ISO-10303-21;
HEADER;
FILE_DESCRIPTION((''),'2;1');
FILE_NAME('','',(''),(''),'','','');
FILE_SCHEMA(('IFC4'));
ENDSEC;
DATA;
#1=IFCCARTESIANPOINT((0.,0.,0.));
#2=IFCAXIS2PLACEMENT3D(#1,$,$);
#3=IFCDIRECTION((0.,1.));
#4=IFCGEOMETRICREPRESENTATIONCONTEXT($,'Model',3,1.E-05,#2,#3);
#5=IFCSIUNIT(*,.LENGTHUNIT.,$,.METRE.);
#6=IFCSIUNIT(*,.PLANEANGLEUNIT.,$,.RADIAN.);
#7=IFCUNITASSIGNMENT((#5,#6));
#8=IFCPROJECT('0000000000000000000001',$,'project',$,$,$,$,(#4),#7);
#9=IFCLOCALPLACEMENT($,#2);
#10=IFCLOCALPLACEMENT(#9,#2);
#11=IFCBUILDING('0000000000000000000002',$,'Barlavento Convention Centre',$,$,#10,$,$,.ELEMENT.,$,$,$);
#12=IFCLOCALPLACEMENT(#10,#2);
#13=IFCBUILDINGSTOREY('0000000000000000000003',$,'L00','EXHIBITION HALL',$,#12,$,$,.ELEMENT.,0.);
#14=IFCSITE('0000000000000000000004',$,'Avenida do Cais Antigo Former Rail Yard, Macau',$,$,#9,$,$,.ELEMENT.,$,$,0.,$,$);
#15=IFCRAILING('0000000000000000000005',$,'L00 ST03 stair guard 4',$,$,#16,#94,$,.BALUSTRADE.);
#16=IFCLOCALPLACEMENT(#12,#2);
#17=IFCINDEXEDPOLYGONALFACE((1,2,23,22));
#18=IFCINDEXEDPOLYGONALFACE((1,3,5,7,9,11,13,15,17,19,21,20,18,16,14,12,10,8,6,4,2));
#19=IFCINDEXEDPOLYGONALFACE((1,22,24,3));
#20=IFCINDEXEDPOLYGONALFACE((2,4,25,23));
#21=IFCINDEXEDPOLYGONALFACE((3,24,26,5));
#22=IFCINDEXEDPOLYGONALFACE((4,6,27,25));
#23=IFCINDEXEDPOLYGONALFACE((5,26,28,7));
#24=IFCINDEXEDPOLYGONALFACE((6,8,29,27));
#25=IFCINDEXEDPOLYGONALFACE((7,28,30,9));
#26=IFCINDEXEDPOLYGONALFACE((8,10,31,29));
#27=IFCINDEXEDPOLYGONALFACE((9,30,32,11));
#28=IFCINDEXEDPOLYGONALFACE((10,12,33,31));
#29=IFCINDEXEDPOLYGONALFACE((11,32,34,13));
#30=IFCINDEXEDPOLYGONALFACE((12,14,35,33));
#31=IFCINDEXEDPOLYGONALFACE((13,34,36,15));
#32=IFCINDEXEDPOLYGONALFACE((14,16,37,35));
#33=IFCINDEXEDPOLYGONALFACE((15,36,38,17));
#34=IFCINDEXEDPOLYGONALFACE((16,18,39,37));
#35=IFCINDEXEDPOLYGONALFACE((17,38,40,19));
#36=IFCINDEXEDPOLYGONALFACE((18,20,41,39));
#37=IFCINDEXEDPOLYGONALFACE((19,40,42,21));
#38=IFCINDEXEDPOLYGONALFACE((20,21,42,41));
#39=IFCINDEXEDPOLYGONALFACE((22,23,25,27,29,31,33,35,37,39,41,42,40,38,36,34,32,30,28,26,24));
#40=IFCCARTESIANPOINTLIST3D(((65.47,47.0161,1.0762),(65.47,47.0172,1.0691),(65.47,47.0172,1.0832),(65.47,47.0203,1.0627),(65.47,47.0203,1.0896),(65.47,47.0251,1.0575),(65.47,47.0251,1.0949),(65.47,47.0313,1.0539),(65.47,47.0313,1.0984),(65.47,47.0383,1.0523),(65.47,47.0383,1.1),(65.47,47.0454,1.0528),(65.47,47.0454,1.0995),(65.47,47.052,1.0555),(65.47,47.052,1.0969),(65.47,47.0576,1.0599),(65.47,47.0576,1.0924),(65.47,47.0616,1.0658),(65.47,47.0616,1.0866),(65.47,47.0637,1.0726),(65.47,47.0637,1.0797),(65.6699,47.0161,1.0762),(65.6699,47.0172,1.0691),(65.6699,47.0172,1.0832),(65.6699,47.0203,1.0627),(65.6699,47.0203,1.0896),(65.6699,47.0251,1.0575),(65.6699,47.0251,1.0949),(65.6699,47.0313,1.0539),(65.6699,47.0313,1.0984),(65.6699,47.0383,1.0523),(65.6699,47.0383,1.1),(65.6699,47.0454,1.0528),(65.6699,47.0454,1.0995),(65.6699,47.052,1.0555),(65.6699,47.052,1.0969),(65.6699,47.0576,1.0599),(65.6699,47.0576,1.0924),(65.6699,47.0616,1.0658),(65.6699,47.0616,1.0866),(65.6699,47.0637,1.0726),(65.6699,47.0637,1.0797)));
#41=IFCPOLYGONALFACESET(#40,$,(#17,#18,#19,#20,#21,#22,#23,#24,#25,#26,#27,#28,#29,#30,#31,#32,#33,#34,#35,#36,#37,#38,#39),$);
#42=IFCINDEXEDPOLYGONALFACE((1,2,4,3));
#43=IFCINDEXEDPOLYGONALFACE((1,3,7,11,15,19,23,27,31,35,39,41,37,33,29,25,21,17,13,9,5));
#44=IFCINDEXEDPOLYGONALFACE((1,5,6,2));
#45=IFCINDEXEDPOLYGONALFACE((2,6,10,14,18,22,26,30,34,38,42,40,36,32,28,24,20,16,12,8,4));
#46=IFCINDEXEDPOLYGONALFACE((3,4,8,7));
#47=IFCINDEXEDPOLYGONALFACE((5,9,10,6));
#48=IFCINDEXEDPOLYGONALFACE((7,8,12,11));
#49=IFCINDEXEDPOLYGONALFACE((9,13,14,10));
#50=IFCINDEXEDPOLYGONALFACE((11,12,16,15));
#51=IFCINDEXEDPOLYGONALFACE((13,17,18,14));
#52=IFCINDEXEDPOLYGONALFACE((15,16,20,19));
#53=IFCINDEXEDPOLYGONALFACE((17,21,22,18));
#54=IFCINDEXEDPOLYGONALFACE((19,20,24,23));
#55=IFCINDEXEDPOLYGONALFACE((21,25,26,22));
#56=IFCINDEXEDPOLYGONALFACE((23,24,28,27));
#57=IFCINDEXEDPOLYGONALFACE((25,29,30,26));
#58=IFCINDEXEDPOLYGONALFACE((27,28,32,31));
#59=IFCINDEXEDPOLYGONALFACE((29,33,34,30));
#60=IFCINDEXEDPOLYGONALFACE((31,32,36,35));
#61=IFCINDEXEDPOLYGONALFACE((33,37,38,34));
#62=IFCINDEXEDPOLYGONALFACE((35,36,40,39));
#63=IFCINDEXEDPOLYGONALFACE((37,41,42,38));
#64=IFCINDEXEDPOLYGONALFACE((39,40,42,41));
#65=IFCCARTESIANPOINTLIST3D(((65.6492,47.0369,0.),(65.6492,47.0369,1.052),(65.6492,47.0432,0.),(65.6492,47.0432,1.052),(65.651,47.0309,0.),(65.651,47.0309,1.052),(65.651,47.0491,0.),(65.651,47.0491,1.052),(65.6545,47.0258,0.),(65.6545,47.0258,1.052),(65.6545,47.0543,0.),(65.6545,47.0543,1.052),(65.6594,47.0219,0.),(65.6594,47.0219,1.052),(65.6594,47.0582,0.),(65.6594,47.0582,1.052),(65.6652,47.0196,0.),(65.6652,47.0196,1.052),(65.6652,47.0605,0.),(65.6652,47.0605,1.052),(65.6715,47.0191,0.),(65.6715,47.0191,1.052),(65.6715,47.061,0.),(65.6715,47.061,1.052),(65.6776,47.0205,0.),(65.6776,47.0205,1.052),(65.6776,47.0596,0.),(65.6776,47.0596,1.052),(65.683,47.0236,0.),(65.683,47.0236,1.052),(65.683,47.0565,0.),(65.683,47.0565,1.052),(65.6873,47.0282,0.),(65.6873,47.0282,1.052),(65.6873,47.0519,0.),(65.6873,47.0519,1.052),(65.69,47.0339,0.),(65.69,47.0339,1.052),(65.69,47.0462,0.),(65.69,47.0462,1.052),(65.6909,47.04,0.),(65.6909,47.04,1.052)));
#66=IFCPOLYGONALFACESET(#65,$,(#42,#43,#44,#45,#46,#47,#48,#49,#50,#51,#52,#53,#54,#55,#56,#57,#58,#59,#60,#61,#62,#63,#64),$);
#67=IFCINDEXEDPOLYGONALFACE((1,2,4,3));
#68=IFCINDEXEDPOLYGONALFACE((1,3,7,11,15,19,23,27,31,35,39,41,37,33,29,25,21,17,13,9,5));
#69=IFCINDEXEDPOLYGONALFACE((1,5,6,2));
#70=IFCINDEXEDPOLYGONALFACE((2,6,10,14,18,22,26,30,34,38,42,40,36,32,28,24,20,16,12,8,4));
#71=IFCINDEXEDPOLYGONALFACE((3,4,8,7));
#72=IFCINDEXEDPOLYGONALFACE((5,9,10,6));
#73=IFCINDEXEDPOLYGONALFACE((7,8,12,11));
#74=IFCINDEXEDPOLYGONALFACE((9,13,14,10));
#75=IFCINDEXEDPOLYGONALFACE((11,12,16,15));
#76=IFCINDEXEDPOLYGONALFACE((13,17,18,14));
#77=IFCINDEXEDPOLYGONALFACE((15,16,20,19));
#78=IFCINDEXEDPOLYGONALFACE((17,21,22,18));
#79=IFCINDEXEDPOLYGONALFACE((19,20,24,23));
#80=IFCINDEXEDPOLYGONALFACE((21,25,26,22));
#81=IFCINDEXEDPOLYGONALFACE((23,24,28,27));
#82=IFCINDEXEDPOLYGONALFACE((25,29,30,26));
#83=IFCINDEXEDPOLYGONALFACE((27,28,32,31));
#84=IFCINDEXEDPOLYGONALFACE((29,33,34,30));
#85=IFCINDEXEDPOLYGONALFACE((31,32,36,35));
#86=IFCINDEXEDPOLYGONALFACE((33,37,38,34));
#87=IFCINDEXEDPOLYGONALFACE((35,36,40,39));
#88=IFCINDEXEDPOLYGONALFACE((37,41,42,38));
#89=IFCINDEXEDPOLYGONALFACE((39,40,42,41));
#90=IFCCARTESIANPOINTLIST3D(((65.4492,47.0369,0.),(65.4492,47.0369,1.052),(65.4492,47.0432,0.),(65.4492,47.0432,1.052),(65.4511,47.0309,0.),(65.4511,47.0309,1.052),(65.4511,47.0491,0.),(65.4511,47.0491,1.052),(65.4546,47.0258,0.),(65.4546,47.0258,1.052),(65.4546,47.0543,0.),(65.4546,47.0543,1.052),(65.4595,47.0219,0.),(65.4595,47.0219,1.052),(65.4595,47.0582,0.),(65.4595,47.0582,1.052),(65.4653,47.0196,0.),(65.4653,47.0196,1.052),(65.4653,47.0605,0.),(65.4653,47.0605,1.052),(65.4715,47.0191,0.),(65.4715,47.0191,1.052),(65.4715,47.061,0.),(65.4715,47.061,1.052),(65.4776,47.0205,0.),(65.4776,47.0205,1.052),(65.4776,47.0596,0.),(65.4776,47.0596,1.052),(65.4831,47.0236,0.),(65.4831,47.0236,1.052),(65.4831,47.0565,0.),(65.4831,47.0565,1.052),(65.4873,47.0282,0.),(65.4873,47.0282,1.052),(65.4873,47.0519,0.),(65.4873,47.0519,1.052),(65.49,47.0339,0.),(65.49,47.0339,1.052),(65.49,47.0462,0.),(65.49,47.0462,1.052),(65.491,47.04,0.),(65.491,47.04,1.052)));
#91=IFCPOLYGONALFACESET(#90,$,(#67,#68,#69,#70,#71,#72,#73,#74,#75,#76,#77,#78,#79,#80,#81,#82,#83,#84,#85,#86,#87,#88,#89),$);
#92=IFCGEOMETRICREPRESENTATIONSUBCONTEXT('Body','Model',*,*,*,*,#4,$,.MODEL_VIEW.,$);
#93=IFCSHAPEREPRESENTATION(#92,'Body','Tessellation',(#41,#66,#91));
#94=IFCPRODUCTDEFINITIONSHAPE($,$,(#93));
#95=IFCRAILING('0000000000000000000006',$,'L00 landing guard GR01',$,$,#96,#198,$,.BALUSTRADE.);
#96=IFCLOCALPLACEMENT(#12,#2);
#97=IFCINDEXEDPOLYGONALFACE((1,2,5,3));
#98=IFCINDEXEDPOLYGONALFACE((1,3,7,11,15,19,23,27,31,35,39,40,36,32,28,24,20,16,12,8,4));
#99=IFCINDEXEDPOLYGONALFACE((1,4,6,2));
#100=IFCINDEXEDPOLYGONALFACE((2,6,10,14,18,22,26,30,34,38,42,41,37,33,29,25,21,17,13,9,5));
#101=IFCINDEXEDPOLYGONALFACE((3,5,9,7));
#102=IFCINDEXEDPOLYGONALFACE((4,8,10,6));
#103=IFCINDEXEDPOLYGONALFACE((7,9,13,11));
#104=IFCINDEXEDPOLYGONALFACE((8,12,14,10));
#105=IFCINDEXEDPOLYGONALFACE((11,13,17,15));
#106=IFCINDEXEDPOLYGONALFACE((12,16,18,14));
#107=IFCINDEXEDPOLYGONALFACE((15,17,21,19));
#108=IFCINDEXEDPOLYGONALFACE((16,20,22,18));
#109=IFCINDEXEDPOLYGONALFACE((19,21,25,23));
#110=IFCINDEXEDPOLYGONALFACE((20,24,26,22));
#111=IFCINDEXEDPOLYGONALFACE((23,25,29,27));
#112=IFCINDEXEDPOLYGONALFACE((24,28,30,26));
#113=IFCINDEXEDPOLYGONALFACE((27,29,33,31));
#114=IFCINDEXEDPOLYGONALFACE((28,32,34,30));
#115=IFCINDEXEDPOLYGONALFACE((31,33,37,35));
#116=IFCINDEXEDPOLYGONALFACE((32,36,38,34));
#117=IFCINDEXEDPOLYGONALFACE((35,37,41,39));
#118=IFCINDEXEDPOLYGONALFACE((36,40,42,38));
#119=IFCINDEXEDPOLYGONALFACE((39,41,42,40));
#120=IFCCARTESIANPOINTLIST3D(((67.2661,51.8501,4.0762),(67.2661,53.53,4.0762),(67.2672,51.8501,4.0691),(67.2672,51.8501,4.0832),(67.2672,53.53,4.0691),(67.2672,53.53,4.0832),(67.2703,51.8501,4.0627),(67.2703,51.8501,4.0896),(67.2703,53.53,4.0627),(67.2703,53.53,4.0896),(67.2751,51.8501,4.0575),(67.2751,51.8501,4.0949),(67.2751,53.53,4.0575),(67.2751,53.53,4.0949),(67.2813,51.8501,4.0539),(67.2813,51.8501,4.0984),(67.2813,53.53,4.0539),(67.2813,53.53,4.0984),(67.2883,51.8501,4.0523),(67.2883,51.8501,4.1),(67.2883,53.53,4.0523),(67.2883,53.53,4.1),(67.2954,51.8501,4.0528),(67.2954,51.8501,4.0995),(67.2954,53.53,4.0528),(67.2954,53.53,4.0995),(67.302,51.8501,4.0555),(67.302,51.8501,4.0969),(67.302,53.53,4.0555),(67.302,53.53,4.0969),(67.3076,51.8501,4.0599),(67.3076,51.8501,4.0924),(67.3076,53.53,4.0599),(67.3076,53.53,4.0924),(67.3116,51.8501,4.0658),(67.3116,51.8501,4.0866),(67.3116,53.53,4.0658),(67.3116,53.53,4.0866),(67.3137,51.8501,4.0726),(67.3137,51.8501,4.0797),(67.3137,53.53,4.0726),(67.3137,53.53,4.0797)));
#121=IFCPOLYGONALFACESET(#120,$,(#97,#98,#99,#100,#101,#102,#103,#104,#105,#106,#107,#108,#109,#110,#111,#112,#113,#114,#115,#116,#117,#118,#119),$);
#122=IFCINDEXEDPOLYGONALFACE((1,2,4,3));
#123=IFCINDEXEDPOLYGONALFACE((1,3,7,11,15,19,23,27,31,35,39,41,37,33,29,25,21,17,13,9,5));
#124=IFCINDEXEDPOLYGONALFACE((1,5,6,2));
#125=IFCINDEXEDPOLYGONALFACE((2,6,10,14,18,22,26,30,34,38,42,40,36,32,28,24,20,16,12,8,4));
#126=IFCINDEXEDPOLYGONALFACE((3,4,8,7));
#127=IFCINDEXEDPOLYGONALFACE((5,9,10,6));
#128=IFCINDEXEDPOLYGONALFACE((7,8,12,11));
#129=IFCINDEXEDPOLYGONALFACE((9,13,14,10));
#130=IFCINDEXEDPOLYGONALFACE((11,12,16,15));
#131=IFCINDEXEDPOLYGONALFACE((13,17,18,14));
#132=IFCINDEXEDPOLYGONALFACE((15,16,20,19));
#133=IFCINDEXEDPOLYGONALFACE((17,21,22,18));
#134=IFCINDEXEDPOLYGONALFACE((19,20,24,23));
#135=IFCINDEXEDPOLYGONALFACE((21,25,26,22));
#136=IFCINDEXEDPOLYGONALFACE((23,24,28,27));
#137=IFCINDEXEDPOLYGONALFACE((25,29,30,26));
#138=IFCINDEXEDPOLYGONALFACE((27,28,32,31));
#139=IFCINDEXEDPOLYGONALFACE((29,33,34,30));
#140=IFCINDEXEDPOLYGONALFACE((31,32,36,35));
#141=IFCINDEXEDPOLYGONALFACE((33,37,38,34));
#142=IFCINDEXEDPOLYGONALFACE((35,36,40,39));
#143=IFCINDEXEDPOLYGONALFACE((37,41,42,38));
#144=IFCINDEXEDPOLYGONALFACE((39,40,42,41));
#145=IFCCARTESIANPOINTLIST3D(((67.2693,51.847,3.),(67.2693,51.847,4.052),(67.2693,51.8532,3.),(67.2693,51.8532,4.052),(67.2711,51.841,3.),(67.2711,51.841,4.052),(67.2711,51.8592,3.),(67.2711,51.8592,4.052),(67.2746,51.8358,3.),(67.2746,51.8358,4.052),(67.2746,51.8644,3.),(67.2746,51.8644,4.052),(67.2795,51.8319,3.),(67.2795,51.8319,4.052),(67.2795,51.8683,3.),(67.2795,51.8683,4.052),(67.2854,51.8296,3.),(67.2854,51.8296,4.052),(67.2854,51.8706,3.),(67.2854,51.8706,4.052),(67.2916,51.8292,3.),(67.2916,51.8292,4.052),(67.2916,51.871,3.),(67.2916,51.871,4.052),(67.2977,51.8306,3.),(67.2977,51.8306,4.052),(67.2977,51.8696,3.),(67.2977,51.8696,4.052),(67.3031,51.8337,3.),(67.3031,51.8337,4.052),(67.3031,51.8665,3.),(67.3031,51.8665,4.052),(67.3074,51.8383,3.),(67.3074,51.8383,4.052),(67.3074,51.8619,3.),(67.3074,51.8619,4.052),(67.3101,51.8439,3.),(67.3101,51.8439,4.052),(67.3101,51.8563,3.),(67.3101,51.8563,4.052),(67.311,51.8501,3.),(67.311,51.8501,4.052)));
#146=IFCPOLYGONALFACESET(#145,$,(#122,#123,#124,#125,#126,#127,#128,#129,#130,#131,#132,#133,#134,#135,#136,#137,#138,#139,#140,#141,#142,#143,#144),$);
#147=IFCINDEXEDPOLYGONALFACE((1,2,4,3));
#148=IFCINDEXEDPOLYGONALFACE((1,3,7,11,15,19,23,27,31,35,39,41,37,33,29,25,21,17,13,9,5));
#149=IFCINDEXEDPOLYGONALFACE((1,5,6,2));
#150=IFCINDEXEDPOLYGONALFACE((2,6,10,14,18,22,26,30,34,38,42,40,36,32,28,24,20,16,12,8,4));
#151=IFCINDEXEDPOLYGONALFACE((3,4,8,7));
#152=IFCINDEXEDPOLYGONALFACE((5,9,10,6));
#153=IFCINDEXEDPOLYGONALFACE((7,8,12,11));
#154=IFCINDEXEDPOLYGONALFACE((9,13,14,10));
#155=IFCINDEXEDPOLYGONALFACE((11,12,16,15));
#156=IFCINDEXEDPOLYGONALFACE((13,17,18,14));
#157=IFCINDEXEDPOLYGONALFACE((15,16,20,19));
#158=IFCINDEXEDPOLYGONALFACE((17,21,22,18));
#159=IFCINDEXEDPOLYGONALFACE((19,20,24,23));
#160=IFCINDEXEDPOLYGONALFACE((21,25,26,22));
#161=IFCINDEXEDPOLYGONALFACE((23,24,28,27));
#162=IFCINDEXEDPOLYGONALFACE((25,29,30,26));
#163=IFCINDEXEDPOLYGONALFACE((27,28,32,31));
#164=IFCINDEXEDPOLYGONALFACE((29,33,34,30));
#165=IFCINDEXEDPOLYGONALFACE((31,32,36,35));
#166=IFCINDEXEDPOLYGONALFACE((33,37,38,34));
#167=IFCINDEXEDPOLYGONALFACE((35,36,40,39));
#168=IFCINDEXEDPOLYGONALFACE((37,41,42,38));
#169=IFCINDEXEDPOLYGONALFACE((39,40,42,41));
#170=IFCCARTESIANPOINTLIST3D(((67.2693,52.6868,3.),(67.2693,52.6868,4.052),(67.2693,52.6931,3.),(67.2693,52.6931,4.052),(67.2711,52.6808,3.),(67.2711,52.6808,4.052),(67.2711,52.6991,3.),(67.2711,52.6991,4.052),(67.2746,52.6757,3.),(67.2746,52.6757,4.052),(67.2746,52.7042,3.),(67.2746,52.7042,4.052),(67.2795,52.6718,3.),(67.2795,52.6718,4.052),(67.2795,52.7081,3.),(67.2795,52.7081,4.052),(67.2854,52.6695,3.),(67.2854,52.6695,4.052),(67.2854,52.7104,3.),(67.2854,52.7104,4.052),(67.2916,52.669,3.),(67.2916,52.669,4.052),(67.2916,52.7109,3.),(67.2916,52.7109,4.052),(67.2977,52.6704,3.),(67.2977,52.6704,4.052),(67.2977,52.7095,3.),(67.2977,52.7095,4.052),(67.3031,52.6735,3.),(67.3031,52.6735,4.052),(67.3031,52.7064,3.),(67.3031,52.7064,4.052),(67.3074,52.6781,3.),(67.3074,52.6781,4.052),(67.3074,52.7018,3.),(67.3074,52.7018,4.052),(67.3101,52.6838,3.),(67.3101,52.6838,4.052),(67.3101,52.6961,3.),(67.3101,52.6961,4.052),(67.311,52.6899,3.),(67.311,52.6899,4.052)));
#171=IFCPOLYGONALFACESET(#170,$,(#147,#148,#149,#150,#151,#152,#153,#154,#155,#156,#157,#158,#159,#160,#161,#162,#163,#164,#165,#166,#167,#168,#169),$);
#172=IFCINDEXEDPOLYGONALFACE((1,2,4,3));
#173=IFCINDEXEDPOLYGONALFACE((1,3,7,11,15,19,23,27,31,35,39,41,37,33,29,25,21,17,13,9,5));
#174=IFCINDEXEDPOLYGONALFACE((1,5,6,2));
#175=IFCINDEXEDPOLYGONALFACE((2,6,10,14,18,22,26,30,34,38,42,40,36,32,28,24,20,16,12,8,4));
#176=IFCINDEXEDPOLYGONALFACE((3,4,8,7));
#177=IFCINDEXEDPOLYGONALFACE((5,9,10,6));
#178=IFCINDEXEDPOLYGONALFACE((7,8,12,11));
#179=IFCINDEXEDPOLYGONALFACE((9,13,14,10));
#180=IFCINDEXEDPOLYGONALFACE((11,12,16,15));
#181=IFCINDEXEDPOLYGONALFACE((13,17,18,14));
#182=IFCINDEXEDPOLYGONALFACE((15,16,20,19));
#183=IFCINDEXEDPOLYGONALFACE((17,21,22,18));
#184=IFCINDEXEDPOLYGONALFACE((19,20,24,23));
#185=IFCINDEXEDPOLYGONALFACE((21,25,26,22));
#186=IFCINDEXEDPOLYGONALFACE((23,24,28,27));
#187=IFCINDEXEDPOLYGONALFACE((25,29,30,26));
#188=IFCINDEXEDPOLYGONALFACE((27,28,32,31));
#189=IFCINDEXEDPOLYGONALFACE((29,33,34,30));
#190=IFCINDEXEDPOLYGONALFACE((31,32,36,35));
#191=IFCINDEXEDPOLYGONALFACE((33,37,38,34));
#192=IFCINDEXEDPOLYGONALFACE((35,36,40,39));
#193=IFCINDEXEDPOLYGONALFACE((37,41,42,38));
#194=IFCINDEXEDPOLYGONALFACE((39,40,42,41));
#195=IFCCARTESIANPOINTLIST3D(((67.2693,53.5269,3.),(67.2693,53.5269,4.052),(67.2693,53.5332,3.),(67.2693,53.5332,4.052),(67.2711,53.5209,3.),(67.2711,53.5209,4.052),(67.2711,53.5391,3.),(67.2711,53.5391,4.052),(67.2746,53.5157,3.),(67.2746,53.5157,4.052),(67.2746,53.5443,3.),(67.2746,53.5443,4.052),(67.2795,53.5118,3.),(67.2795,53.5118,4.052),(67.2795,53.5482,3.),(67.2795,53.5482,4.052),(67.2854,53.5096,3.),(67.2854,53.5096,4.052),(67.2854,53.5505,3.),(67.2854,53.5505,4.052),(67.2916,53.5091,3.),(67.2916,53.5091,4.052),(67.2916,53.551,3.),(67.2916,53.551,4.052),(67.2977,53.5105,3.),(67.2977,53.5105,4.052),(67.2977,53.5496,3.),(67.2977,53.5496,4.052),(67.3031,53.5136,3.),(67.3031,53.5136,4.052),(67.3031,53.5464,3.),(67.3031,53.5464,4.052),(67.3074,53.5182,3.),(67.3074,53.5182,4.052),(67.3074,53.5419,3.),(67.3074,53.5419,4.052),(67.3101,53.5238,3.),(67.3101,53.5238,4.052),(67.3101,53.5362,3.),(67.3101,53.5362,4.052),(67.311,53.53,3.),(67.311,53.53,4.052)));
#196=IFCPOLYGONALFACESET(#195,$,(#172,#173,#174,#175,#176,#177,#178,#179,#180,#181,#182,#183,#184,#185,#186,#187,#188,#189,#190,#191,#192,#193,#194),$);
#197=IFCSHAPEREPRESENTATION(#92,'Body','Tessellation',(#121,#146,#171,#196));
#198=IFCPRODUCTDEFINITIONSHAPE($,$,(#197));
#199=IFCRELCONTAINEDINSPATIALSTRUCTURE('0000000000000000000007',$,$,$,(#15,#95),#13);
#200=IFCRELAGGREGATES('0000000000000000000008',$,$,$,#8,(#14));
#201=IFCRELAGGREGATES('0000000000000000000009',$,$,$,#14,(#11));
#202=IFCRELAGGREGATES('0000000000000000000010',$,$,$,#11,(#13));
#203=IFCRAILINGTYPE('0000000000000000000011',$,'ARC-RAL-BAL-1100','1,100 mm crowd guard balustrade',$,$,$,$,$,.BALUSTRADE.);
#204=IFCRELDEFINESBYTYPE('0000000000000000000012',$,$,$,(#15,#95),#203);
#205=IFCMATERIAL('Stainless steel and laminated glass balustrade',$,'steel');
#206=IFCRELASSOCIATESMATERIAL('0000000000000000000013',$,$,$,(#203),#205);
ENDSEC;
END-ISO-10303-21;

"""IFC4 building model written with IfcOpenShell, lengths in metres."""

from ifc_helpers import new_model, si_unit, direction, frame, origin, origin_2d, place, context, subcontext, project, spatial, circle, extrude, material, type_object, element, save


model = new_model("IFC4")

# Units and contexts
model_context = context("Model", 3, precision=1e-05, world=origin(), true_north=direction((0.0, 1.0)))
body_context = subcontext(model_context, "Body", "Model", "MODEL_VIEW")
ifc_project = project(units=[si_unit("LENGTHUNIT", "METRE"), si_unit("PLANEANGLEUNIT", "RADIAN")], contexts=[model_context])

# Site, building, storey
site_placement = place(None, origin())
site = spatial("IfcSite", under=ifc_project, at=site_placement, Name="Avenida do Cais Antigo Former Rail Yard, Macau", CompositionType="ELEMENT", RefElevation=0.0)
building_placement = place(site_placement, origin())
building = spatial("IfcBuilding", under=site, at=building_placement, Name="Barlavento Convention Centre", CompositionType="ELEMENT")
storey_placement = place(building_placement, origin())
storey = spatial("IfcBuildingStorey", under=building, at=storey_placement, Name="L00", Description="EXHIBITION HALL", CompositionType="ELEMENT", Elevation=0.0)

# Railings
ifc_material_1 = material(Name="Stainless steel and laminated glass balustrade", Category="steel")
railing_type_1 = type_object("IfcRailingType", Name="ARC-RAL-BAL-1100", Description="1,100 mm crowd guard balustrade", PredefinedType="BALUSTRADE", material=ifc_material_1)
railing_1_placement = place(storey_placement, frame((65.6699, 47.04, 0.0)))
element("IfcRailing", 1, at=railing_1_placement, inside=storey, type_object=railing_type_1, Name="L00 ST03 stair guard 4", PredefinedType="BALUSTRADE", context=body_context, shape_type="SweptSolid", body=[
    extrude(circle(Radius=0.0239, at=origin_2d()), frame((0.0, 0.0, 1.0762), z_axis=(-1.0, 0.0, 0.0), x_axis=(0.0, -1.0, 0.0)), (0.0, 0.0, 1.0), 0.2),
    extrude(circle(Radius=0.021, at=origin_2d()), origin(), (0.0, 0.0, 1.0), 1.052),
    extrude(circle(Radius=0.021, at=origin_2d()), frame((-0.2, 0.0, 0.0)), (0.0, 0.0, 1.0), 1.052),
])
for number, where, name in (
    (2, (67.29, 51.8501, 3.0), "L00 landing guard GR01"),
):
    element("IfcRailing", number, at=place(storey_placement, frame(where)), inside=storey, type_object=railing_type_1, Name=name, PredefinedType="BALUSTRADE", context=body_context, shape_type="SweptSolid", body=[
        extrude(circle(Radius=0.0239, at=origin_2d()), frame((0.0, 0.0, 1.0762), z_axis=(0.0, 1.0, 0.0), x_axis=(-1.0, 0.0, 0.0)), (0.0, 0.0, 1.0), 1.6799),
        extrude(circle(Radius=0.021, at=origin_2d()), origin(), (0.0, 0.0, 1.0), 1.052),
        extrude(circle(Radius=0.021, at=origin_2d()), frame((0.0, 0.8398, 0.0)), (0.0, 0.0, 1.0), 1.052),
        extrude(circle(Radius=0.021, at=origin_2d()), frame((0.0, 1.6799, 0.0)), (0.0, 0.0, 1.0), 1.052),
    ])

save(model, "model.ifc")
